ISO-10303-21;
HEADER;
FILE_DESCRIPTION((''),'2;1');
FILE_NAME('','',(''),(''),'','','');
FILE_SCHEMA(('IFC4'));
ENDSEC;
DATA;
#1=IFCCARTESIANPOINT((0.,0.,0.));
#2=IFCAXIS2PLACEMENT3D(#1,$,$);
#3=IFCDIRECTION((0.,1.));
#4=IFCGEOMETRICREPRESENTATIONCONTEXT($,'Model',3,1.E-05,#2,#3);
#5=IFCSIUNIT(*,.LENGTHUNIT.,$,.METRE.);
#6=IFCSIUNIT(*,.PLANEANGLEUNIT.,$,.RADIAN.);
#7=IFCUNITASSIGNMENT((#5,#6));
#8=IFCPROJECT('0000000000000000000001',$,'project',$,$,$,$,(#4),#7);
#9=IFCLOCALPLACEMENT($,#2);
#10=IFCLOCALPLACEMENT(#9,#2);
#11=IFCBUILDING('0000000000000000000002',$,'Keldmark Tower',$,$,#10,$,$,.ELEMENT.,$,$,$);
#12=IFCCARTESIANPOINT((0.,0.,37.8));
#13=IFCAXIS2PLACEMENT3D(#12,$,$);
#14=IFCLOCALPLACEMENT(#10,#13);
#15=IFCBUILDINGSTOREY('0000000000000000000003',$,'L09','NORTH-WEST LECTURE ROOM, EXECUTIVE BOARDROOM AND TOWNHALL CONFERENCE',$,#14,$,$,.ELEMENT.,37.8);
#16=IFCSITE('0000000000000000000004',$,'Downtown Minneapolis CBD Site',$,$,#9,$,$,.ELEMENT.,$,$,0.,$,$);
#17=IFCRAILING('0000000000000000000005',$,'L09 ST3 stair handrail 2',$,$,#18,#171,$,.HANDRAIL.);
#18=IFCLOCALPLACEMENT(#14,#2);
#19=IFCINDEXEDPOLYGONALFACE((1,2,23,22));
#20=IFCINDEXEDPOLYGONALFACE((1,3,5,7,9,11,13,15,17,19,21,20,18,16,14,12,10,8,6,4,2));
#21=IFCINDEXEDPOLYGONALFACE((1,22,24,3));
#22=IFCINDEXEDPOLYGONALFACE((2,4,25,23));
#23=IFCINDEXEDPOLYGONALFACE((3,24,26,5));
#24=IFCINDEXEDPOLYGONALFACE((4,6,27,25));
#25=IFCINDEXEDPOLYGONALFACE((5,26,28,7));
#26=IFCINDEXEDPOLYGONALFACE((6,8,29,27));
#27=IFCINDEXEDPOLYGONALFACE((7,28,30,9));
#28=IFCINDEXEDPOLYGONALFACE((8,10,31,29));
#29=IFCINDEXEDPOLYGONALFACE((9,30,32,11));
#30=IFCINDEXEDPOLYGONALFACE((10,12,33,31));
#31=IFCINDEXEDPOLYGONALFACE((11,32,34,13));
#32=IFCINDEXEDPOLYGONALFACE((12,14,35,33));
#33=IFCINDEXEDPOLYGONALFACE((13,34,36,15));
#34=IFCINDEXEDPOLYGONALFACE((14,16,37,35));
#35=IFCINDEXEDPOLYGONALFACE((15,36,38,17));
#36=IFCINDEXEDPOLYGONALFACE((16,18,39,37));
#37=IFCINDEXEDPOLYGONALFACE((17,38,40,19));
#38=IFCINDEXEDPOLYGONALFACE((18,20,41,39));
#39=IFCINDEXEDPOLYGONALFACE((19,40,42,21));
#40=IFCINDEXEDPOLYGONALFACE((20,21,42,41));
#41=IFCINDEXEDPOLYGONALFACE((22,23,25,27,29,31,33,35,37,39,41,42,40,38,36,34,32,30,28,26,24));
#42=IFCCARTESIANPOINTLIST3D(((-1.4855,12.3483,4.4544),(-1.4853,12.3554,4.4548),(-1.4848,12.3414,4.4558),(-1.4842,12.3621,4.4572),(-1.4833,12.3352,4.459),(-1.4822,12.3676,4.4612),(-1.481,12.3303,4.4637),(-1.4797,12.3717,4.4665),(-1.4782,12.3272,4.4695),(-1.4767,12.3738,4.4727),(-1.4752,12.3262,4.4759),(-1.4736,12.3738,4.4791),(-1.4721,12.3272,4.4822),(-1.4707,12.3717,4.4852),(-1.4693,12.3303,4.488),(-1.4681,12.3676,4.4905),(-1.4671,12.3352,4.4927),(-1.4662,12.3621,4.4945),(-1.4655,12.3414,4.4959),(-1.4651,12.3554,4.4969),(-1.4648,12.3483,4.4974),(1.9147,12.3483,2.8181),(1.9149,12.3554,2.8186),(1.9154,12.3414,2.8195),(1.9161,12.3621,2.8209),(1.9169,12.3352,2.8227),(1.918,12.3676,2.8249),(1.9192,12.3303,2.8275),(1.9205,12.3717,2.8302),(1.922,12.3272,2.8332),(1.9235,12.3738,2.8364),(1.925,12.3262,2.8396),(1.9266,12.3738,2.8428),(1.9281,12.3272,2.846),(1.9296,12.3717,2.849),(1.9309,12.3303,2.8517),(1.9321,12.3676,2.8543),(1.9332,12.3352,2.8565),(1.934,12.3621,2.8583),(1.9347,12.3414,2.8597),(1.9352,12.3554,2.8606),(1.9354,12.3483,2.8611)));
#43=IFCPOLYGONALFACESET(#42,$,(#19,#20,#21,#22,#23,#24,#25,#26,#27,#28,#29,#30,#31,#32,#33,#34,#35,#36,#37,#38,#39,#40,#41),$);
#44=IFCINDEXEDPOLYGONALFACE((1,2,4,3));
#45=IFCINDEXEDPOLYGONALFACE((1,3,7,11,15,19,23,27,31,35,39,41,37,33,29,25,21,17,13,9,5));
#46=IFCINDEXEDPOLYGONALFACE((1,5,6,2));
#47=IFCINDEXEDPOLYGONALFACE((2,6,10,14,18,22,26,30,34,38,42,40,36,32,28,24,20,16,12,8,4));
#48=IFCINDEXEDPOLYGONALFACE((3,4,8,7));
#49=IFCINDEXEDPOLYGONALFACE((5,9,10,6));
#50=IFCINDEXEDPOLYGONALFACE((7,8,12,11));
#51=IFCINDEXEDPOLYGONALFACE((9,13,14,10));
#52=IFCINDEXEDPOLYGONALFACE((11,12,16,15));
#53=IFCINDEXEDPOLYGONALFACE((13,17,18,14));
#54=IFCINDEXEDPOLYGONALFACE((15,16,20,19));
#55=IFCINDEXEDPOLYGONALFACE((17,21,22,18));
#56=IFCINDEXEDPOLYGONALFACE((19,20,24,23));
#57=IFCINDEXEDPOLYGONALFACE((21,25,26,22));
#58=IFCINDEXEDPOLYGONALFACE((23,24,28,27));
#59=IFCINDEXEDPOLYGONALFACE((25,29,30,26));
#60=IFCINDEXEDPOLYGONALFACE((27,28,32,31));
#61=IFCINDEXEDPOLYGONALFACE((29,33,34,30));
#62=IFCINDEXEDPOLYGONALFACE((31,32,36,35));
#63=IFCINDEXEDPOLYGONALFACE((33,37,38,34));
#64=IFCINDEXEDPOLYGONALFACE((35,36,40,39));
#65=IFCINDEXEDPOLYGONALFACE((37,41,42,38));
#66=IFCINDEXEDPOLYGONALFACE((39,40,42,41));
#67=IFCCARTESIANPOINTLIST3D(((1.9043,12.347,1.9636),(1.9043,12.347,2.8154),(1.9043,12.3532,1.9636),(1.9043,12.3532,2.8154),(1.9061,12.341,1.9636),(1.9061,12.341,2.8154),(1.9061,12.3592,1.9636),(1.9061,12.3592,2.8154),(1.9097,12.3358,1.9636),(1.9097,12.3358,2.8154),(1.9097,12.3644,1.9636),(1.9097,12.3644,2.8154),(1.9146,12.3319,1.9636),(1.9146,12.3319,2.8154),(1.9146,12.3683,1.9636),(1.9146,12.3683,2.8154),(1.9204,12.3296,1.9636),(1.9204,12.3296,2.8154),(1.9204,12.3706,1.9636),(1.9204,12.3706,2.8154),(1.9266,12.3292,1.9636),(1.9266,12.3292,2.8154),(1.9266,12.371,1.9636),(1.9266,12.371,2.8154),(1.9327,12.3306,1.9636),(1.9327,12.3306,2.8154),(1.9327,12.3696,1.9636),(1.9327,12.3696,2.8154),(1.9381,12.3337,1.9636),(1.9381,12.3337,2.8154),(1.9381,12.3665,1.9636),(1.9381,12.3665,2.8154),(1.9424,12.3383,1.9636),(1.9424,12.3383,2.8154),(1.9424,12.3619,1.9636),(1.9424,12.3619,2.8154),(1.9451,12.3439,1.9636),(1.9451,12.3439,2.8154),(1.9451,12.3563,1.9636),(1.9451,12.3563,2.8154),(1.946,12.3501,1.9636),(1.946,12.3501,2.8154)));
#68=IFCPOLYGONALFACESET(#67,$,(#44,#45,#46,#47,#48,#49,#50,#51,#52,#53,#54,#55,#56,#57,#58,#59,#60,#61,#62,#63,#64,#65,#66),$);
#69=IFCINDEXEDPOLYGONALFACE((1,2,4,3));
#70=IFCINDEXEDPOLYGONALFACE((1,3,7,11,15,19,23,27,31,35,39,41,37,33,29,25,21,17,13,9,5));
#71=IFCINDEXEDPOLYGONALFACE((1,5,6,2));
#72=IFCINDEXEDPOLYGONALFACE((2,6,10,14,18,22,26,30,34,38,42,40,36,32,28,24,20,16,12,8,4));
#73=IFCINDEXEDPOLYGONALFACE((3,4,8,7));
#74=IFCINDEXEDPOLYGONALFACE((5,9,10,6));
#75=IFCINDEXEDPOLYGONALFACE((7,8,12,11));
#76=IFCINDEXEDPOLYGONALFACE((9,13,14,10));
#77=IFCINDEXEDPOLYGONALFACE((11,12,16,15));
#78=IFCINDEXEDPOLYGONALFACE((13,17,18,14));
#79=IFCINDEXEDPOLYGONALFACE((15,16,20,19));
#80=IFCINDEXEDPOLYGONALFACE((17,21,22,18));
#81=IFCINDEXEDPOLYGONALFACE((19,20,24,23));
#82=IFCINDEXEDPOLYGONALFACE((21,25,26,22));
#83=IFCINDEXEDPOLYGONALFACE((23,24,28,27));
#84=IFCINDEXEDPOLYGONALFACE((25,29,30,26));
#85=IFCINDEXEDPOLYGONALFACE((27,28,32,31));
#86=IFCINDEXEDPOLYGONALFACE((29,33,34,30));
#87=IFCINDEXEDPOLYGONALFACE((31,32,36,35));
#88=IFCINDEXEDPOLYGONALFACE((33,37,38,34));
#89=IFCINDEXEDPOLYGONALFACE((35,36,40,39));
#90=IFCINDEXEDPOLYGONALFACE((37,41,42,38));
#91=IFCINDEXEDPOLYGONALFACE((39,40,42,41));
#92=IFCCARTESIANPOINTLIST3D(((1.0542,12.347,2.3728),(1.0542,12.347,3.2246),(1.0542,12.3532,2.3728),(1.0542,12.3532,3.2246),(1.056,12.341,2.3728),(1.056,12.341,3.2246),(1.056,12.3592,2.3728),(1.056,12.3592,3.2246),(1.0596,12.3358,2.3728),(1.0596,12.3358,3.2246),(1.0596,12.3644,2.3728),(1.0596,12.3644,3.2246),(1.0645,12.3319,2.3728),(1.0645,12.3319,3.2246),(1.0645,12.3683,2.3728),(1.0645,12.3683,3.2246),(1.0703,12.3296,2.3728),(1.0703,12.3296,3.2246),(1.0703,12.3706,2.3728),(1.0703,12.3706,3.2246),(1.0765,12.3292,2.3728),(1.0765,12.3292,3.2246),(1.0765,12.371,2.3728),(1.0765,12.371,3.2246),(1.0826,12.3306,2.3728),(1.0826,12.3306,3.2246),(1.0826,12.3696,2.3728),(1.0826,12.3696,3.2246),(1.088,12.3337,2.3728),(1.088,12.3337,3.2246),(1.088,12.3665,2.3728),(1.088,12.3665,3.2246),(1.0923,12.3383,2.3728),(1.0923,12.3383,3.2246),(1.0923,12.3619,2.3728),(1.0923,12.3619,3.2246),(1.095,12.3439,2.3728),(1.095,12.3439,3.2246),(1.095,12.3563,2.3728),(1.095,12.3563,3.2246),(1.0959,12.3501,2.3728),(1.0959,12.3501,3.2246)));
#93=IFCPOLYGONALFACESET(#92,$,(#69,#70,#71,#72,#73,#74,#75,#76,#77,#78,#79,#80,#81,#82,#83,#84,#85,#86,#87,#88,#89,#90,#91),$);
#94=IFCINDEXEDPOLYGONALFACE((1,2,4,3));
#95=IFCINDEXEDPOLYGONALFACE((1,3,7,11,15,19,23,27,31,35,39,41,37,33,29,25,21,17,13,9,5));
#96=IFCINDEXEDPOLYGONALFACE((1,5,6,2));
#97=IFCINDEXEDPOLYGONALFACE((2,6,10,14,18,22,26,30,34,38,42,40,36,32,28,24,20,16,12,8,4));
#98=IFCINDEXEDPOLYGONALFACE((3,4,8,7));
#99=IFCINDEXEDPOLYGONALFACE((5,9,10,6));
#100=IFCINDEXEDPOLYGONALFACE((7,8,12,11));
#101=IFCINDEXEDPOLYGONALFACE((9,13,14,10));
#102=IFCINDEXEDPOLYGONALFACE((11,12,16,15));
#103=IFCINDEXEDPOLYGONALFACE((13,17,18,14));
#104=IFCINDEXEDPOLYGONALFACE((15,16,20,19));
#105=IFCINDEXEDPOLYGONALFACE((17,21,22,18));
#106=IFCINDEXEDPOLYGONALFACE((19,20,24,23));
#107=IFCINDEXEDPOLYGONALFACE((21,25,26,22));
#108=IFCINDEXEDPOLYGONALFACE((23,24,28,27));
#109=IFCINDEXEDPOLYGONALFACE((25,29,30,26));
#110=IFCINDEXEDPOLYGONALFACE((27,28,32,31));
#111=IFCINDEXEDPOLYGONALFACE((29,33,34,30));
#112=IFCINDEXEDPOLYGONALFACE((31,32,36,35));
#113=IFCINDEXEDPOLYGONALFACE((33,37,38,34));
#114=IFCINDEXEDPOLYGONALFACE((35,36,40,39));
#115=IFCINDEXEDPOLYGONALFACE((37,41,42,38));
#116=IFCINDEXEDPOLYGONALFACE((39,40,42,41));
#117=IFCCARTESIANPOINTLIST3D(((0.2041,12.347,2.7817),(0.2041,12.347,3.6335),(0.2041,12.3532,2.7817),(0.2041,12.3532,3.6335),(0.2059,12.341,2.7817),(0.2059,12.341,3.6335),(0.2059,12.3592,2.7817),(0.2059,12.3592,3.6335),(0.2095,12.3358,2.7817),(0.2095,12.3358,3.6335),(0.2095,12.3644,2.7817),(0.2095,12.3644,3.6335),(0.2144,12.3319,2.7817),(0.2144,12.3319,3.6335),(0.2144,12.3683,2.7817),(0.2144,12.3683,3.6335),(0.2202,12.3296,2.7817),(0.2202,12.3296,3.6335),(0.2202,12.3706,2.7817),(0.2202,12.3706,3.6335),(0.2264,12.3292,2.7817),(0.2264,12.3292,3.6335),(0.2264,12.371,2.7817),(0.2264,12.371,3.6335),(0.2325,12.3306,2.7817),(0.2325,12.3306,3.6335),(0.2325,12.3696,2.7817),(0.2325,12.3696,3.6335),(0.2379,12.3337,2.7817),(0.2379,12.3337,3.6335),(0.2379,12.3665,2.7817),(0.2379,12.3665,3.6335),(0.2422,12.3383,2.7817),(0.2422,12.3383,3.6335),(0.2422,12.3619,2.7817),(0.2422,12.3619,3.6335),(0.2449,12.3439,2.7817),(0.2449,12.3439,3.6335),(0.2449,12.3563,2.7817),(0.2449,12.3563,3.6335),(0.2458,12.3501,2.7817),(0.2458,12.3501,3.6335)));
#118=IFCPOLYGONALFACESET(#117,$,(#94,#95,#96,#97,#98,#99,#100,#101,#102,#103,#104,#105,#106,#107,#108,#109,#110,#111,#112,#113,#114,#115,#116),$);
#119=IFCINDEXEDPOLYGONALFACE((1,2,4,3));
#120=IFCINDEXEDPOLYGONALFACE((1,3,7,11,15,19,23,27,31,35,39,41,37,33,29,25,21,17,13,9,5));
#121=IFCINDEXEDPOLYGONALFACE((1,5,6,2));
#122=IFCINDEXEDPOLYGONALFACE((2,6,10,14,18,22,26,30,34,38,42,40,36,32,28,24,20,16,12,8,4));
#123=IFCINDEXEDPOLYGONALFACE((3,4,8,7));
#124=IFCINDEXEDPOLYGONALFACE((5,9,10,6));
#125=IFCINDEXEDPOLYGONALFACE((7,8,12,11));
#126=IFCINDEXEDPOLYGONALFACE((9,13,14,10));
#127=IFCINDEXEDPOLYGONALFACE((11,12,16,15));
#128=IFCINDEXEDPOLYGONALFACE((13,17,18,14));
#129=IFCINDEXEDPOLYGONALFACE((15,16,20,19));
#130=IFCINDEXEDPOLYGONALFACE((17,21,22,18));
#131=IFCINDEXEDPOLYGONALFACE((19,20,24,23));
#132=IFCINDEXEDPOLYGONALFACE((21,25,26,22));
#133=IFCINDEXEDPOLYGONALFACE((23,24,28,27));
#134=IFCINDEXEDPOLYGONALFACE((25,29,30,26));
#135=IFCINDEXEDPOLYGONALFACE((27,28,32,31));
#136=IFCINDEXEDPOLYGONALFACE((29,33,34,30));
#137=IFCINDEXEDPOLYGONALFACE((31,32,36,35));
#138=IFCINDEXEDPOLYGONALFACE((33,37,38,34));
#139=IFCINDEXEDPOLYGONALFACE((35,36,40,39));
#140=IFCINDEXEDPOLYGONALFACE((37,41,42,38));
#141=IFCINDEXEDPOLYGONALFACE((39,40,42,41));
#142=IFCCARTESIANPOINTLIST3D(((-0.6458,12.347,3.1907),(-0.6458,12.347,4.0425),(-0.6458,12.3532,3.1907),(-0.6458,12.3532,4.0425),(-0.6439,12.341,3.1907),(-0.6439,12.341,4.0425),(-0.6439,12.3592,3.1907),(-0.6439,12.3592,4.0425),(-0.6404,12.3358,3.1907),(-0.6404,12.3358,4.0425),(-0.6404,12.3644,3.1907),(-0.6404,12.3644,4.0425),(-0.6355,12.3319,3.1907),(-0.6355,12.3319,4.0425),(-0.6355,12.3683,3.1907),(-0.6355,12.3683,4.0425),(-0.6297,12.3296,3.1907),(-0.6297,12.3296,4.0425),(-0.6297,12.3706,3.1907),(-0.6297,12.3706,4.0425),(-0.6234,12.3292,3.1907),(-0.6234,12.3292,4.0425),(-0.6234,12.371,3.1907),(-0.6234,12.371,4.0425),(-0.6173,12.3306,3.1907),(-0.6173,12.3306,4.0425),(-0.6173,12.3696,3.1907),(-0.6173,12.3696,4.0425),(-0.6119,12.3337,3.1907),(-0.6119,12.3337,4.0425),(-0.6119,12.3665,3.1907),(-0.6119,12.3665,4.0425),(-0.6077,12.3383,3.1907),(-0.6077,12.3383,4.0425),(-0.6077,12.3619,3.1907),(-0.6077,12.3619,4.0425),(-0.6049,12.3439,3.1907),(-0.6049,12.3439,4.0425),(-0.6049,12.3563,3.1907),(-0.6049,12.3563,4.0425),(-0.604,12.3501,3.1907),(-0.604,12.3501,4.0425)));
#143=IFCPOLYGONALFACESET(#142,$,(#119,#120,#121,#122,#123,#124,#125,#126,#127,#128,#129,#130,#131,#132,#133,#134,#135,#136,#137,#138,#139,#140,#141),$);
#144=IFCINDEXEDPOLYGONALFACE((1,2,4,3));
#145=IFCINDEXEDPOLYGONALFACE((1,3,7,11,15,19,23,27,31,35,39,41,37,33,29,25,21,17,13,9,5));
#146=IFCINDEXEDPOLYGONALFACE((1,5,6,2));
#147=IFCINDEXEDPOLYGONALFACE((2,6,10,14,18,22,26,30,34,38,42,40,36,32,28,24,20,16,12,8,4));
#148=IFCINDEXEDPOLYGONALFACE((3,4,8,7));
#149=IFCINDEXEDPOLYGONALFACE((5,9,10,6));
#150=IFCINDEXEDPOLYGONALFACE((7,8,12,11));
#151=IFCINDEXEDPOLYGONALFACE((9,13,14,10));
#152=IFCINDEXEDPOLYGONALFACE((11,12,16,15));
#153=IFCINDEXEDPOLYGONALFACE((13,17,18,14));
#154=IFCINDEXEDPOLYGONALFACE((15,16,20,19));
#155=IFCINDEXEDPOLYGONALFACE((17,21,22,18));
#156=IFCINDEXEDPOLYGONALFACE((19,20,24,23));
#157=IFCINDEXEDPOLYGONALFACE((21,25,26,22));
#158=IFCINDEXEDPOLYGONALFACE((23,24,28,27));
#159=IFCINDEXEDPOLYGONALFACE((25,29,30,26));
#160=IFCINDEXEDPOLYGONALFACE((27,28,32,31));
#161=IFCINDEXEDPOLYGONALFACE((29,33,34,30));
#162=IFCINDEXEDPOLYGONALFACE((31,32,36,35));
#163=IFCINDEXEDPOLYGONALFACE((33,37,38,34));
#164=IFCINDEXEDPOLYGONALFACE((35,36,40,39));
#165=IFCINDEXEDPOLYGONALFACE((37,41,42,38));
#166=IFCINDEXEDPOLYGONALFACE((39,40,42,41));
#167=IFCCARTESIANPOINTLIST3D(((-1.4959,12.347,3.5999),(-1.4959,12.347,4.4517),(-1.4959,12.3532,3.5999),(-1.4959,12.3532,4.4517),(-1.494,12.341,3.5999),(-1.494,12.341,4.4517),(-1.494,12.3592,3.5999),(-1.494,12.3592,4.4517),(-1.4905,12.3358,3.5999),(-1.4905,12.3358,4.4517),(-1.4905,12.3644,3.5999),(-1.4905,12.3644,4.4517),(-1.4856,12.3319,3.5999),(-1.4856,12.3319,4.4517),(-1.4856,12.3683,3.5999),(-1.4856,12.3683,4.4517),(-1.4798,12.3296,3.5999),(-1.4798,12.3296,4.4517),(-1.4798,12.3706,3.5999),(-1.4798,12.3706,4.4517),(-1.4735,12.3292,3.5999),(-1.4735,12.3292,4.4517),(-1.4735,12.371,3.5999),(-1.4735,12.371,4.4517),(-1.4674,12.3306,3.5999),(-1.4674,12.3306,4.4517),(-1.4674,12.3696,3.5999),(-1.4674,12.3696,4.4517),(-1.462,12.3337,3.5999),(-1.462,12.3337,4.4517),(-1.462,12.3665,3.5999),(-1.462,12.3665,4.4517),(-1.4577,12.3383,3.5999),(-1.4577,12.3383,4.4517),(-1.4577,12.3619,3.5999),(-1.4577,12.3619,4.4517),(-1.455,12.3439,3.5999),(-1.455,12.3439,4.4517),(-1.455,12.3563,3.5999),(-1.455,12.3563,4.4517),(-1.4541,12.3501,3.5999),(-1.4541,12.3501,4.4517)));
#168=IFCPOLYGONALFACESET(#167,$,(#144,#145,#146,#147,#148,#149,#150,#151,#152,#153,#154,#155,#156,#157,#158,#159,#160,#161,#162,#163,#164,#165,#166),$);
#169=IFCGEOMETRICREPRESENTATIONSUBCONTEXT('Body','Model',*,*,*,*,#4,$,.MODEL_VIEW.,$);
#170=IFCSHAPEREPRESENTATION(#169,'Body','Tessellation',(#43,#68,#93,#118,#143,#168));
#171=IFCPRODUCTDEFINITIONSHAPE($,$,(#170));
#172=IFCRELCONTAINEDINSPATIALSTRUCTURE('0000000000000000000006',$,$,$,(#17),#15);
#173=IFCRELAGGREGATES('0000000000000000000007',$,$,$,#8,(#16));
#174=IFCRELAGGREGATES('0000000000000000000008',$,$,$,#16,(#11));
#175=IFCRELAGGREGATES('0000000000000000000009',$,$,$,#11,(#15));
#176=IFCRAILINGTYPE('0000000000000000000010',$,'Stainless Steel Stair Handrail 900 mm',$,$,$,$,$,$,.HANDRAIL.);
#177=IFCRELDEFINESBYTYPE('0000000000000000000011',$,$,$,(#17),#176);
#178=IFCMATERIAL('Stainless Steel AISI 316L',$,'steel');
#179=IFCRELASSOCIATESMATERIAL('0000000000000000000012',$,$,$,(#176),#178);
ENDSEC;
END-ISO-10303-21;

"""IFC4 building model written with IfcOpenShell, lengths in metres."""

from ifc_helpers import new_model, si_unit, direction, frame, origin, origin_2d, place, context, subcontext, project, spatial, circle, extrude, material, type_object, element, save


model = new_model("IFC4")

# Units and contexts
model_context = context("Model", 3, precision=1e-05, world=origin(), true_north=direction((0.0, 1.0)))
body_context = subcontext(model_context, "Body", "Model", "MODEL_VIEW")
ifc_project = project(units=[si_unit("LENGTHUNIT", "METRE"), si_unit("PLANEANGLEUNIT", "RADIAN")], contexts=[model_context])

# Site, building, storey
site_placement = place(None, origin())
site = spatial("IfcSite", under=ifc_project, at=site_placement, Name="Downtown Minneapolis CBD Site", CompositionType="ELEMENT", RefElevation=0.0)
building_placement = place(site_placement, origin())
building = spatial("IfcBuilding", under=site, at=building_placement, Name="Keldmark Tower", CompositionType="ELEMENT")
storey_placement = place(building_placement, frame((0.0, 0.0, 37.8)))
storey = spatial("IfcBuildingStorey", under=building, at=storey_placement, Name="L09", Description="NORTH-WEST LECTURE ROOM, EXECUTIVE BOARDROOM AND TOWNHALL CONFERENCE", CompositionType="ELEMENT", Elevation=37.8)

# Railing
ifc_material_1 = material(Name="Stainless Steel AISI 316L", Category="steel")
railing_type_1 = type_object("IfcRailingType", Name="Stainless Steel Stair Handrail 900 mm", PredefinedType="HANDRAIL", material=ifc_material_1)
railing_1_placement = place(storey_placement, frame((1.925, 12.3501, 1.9636)))
element("IfcRailing", 1, at=railing_1_placement, inside=storey, type_object=railing_type_1, Name="L09 ST3 stair handrail 2", PredefinedType="HANDRAIL", context=body_context, shape_type="SweptSolid", body=[
    extrude(circle(Radius=0.0239, at=origin_2d()), frame((0.0, 0.0, 0.876), z_axis=(-0.901093, 0.0, 0.433627), x_axis=(0.0, -1.0, 0.0)), (0.0, 0.0, 1.0), 3.7734),
    extrude(circle(Radius=0.021, at=origin_2d()), origin(), (0.0, 0.0, 1.0), 0.8518),
    extrude(circle(Radius=0.021, at=origin_2d()), frame((-0.8501, 0.0, 0.4092)), (0.0, 0.0, 1.0), 0.8518),
    extrude(circle(Radius=0.021, at=origin_2d()), frame((-1.7002, 0.0, 0.8181)), (0.0, 0.0, 1.0), 0.8518),
    extrude(circle(Radius=0.021, at=origin_2d()), frame((-2.55, 0.0, 1.2271)), (0.0, 0.0, 1.0), 0.8518),
    extrude(circle(Radius=0.021, at=origin_2d()), frame((-3.4001, 0.0, 1.6362)), (0.0, 0.0, 1.0), 0.8518),
])

save(model, "model.ifc")
